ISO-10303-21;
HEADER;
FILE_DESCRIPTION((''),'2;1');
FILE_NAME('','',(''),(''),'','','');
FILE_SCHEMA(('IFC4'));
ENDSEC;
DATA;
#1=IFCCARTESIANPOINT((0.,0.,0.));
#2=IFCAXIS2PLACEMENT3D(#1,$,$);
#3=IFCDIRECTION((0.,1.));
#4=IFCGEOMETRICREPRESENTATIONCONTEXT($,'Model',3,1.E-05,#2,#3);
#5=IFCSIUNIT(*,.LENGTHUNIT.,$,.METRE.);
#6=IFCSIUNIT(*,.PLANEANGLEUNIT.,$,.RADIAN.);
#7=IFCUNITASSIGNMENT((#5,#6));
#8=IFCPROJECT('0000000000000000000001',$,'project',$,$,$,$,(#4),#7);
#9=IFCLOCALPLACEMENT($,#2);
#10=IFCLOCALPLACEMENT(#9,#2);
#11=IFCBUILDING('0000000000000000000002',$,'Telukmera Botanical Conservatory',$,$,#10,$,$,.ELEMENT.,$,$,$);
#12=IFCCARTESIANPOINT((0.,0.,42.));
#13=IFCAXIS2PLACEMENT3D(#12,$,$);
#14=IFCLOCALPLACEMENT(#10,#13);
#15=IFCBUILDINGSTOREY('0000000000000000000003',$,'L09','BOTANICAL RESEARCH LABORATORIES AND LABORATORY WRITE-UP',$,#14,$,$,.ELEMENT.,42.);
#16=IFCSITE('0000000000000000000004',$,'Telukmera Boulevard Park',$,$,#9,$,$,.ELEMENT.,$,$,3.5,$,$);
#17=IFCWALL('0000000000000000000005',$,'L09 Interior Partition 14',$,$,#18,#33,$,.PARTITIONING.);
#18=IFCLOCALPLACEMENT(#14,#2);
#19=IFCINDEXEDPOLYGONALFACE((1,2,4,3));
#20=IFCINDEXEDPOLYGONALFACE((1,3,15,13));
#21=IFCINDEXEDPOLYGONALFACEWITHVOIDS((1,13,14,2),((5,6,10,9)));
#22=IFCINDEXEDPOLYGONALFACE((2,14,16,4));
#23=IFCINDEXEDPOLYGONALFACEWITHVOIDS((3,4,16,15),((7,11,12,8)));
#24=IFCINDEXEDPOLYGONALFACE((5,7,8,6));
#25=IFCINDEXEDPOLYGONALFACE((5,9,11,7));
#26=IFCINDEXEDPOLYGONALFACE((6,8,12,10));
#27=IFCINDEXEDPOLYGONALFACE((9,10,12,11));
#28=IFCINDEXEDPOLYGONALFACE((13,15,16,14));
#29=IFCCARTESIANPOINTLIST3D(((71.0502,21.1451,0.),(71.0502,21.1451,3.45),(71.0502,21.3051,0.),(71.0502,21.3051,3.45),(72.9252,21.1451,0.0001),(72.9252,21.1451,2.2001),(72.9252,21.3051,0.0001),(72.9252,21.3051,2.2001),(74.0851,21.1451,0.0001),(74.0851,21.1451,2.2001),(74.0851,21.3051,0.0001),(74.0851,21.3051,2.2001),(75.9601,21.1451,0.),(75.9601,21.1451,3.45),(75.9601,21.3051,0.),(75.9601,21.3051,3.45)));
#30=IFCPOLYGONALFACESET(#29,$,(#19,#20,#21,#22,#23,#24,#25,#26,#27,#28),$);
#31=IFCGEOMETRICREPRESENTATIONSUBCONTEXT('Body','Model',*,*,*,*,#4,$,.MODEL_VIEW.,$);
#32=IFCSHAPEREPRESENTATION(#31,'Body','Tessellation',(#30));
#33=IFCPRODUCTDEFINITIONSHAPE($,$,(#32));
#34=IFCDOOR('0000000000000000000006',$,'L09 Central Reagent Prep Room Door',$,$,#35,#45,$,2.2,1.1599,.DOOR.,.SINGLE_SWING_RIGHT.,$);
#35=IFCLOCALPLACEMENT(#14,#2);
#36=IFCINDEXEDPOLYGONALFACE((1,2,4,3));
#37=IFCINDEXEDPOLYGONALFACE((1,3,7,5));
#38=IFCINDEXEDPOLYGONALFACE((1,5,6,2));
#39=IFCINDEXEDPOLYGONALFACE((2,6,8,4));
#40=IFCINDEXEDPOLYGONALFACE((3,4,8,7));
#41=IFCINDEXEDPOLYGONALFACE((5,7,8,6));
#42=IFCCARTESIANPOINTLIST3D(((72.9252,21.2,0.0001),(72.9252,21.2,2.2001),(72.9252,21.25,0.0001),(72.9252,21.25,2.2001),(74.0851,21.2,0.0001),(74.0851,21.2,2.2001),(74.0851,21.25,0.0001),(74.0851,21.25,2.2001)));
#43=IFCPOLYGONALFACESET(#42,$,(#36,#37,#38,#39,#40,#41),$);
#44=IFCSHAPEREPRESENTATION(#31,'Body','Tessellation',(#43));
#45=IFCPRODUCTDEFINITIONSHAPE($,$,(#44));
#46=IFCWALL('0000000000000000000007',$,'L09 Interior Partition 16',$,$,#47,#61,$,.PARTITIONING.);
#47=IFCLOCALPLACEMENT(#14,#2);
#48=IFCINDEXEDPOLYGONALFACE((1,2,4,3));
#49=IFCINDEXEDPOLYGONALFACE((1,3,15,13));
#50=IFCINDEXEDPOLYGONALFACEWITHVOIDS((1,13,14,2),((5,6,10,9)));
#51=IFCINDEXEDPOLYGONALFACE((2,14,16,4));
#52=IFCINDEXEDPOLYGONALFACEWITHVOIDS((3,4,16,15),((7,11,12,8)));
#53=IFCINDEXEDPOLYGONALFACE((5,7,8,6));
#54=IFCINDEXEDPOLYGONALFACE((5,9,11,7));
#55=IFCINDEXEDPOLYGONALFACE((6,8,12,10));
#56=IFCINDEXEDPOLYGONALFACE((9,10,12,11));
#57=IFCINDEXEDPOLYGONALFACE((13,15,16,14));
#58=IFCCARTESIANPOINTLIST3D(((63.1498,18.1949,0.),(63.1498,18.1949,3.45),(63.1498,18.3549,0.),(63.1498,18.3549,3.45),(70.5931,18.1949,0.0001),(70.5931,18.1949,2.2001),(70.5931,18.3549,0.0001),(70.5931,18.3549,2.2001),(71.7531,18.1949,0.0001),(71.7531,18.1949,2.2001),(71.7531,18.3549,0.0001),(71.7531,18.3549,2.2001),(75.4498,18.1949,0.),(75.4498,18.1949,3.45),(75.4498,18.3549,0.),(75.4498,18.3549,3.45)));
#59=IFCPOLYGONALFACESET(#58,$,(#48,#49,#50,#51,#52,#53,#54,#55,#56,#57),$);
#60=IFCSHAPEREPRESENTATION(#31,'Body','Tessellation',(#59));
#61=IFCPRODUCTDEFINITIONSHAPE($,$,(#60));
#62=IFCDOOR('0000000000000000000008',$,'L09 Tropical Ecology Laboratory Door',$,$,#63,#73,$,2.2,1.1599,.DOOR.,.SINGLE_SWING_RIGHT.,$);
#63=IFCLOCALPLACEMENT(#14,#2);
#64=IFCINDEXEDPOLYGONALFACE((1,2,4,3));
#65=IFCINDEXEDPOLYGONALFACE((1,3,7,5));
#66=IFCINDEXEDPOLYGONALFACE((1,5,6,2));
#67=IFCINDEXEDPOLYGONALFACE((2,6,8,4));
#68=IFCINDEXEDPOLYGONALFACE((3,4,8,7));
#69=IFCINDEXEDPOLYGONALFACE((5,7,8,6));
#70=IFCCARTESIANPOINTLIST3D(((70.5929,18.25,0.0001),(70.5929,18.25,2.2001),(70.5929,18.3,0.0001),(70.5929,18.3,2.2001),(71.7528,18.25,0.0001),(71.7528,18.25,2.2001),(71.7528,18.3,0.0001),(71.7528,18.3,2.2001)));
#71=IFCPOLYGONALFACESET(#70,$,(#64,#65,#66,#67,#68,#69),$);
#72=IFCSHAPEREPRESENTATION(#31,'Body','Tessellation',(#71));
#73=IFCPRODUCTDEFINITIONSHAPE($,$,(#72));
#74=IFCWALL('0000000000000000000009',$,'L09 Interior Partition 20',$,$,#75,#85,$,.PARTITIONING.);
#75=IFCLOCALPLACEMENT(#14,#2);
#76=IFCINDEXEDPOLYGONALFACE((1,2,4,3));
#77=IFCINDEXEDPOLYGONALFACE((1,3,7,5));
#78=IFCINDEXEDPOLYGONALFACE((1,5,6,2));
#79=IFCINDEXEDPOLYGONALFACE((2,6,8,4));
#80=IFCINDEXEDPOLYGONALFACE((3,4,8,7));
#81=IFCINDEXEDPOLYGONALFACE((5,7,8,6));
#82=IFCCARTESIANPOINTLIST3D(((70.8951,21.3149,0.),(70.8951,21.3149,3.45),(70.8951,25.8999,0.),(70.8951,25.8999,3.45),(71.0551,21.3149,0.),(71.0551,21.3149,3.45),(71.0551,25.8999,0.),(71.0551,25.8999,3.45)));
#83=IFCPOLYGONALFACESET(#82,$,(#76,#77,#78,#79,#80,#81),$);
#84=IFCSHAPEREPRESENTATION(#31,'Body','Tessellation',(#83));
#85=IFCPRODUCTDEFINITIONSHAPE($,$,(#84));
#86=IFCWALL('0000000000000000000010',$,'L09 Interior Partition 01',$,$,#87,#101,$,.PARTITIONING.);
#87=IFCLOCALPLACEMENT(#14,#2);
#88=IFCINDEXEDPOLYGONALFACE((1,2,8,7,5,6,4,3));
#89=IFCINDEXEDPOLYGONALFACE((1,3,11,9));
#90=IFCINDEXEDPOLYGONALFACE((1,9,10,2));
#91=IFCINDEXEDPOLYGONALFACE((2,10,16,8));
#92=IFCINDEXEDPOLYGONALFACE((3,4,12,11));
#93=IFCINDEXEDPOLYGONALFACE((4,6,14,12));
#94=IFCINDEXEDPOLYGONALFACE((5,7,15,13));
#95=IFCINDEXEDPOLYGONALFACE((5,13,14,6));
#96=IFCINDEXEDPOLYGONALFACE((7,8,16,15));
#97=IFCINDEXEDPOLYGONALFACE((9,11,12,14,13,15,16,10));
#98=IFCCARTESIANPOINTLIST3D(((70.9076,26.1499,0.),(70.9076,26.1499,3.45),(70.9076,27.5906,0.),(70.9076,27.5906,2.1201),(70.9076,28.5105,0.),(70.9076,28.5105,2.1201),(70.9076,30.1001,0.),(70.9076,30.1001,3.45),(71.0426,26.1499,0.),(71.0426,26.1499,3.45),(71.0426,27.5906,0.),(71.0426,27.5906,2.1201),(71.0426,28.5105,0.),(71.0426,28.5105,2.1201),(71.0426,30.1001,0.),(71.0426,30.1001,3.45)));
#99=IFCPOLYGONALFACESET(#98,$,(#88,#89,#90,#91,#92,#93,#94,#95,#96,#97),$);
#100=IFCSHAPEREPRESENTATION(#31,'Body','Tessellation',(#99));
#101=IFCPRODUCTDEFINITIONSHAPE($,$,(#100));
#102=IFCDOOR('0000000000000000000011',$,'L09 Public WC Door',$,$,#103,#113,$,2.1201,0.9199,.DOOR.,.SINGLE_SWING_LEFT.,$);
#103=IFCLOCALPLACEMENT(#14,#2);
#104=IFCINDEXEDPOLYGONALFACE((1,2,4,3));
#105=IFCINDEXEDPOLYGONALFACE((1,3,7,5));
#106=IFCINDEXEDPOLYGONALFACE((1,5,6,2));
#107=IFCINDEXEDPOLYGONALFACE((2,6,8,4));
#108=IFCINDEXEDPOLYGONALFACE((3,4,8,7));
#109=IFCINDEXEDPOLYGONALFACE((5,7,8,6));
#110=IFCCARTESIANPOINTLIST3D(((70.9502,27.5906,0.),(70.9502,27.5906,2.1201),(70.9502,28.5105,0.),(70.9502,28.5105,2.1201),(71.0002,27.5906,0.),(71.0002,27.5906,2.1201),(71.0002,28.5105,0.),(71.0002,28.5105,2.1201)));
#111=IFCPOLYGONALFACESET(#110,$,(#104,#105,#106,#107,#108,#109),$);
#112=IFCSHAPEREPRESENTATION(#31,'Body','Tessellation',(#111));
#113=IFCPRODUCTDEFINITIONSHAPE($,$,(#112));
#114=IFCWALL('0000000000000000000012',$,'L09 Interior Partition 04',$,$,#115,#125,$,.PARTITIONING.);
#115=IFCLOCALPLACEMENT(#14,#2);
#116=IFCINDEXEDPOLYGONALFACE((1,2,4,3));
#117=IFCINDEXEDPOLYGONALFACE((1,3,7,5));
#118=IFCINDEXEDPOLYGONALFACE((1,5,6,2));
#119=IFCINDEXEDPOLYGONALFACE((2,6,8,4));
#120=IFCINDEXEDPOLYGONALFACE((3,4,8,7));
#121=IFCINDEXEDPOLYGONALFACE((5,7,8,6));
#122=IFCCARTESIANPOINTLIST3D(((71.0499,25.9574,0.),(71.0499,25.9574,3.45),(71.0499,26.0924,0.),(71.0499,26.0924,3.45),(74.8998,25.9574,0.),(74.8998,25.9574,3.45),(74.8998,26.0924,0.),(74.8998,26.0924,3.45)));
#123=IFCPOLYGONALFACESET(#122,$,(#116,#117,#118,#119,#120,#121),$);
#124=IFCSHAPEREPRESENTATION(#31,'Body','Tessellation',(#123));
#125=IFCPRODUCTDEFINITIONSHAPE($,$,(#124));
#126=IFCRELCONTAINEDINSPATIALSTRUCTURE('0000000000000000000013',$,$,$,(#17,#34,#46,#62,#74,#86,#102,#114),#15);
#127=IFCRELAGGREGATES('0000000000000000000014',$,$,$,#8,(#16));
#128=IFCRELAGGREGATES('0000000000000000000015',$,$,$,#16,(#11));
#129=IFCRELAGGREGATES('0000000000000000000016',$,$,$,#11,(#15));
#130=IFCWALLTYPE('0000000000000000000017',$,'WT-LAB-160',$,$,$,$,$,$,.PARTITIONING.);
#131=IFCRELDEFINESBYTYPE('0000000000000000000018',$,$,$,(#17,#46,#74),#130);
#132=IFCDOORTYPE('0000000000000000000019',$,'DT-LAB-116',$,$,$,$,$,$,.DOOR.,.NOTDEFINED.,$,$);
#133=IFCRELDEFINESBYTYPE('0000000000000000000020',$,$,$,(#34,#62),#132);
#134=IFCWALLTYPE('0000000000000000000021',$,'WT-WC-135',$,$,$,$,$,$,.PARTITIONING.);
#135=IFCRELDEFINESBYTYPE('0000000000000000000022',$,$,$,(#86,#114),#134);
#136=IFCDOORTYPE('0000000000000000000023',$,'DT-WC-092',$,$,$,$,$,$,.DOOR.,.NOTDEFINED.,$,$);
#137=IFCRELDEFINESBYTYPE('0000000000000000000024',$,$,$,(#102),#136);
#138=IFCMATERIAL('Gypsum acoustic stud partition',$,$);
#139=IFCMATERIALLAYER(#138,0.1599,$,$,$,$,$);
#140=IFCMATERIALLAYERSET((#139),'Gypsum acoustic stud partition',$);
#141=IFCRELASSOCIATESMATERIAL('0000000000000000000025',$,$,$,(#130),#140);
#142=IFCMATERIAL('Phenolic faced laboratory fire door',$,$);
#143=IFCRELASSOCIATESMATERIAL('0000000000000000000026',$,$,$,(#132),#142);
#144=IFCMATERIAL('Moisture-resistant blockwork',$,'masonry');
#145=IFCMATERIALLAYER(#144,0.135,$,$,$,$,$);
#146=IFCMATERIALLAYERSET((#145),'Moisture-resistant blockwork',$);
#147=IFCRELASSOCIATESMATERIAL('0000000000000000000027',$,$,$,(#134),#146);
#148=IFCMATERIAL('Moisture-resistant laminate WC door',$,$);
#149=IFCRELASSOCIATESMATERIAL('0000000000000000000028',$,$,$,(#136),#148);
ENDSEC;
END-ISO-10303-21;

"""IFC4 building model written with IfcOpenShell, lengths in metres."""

from ifc_helpers import new_model, si_unit, direction, frame, frame_2d, origin, place, context, subcontext, project, spatial, rectangle, extrude, material, layer, layer_set, type_object, element, fill, save


model = new_model("IFC4")

# Units and contexts
model_context = context("Model", 3, precision=1e-05, world=origin(), true_north=direction((0.0, 1.0)))
body_context = subcontext(model_context, "Body", "Model", "MODEL_VIEW")
ifc_project = project(units=[si_unit("LENGTHUNIT", "METRE"), si_unit("PLANEANGLEUNIT", "RADIAN")], contexts=[model_context])

# Site, building, storey
site_placement = place(None, origin())
site = spatial("IfcSite", under=ifc_project, at=site_placement, Name="Telukmera Boulevard Park", CompositionType="ELEMENT", RefElevation=3.5)
building_placement = place(site_placement, origin())
building = spatial("IfcBuilding", under=site, at=building_placement, Name="Telukmera Botanical Conservatory", CompositionType="ELEMENT")
storey_placement = place(building_placement, frame((0.0, 0.0, 42.0)))
storey = spatial("IfcBuildingStorey", under=building, at=storey_placement, Name="L09", Description="BOTANICAL RESEARCH LABORATORIES AND LABORATORY WRITE-UP", CompositionType="ELEMENT", Elevation=42.0)

# Walls, openings, doors
ifc_material_1 = material(Name="Gypsum acoustic stud partition")
ifc_layer_1 = layer(ifc_material_1, 0.1599)
ifc_layer_set_1 = layer_set([ifc_layer_1], Name="Gypsum acoustic stud partition")
wall_type_1 = type_object("IfcWallType", Name="WT-LAB-160", PredefinedType="PARTITIONING", material=ifc_layer_set_1)
wall_1_placement = place(storey_placement, frame((71.05, 21.2251, 0.0), z_axis=(0.0, 0.0, 1.0), x_axis=(1.0, 0.0, 0.0)))
wall_1 = element("IfcWall", 1, at=wall_1_placement, inside=storey, type_object=wall_type_1, Name="L09 Interior Partition 14", PredefinedType="PARTITIONING", context=body_context, shape_type="SweptSolid", body=[
    extrude(rectangle(XDim=4.9099, YDim=0.1599, at=frame_2d((2.4551, 0.0))), origin(), (0.0, 0.0, 1.0), 3.45),
])
opening_1_placement = place(wall_1_placement, frame((1.875, 0.0, 0.0)))
opening_1 = element("IfcOpeningElement", 2, at=opening_1_placement, cuts=wall_1, PredefinedType="OPENING", context=body_context, shape_type="SweptSolid", body=[
    extrude(rectangle(XDim=1.1599, YDim=2.2, at=frame_2d((0.5801, 1.1001))), frame((0.0, 0.0898, 0.0), z_axis=(0.0, -1.0, 0.0), x_axis=(1.0, 0.0, 0.0)), (0.0, 0.0, 1.0), 0.1799),
])
ifc_material_2 = material(Name="Phenolic faced laboratory fire door")
door_type_1 = type_object("IfcDoorType", Name="DT-LAB-116", OperationType="NOTDEFINED", PredefinedType="DOOR", material=ifc_material_2)
door_1_placement = place(opening_1_placement, origin())
door_1 = element("IfcDoor", 3, at=door_1_placement, inside=storey, type_object=door_type_1, Name="L09 Central Reagent Prep Room Door", OperationType="SINGLE_SWING_RIGHT", OverallHeight=2.2, OverallWidth=1.1599, PredefinedType="DOOR", context=body_context, shape_type="SweptSolid", body=[
    extrude(rectangle(XDim=1.1599, YDim=2.2, at=frame_2d((0.5801, 1.1001))), frame((0.0, 0.0249, 0.0), z_axis=(0.0, -1.0, 0.0), x_axis=(1.0, 0.0, 0.0)), (0.0, 0.0, 1.0), 0.05),
])
fill(opening_1, door_1)
wall_2_placement = place(storey_placement, frame((63.1499, 18.2749, 0.0), z_axis=(0.0, 0.0, 1.0), x_axis=(1.0, 0.0, 0.0)))
wall_2 = element("IfcWall", 4, at=wall_2_placement, inside=storey, type_object=wall_type_1, Name="L09 Interior Partition 16", PredefinedType="PARTITIONING", context=body_context, shape_type="SweptSolid", body=[
    extrude(rectangle(XDim=12.3, YDim=0.1599, at=frame_2d((6.1499, 0.0))), origin(), (0.0, 0.0, 1.0), 3.45),
])
opening_2_placement = place(wall_2_placement, frame((7.4431, 0.0, 0.0)))
opening_2 = element("IfcOpeningElement", 5, at=opening_2_placement, cuts=wall_2, PredefinedType="OPENING", context=body_context, shape_type="SweptSolid", body=[
    extrude(rectangle(XDim=1.1599, YDim=2.2, at=frame_2d((0.5801, 1.1001))), frame((0.0, 0.0898, 0.0), z_axis=(0.0, -1.0, 0.0), x_axis=(1.0, 0.0, 0.0)), (0.0, 0.0, 1.0), 0.1799),
])
door_2_placement = place(opening_2_placement, frame((1.1599, 0.0, 0.0), z_axis=(0.0, 0.0, 1.0), x_axis=(-1.0, 0.0, 0.0)))
door_2 = element("IfcDoor", 6, at=door_2_placement, inside=storey, type_object=door_type_1, Name="L09 Tropical Ecology Laboratory Door", OperationType="SINGLE_SWING_RIGHT", OverallHeight=2.2, OverallWidth=1.1599, PredefinedType="DOOR", context=body_context, shape_type="SweptSolid", body=[
    extrude(rectangle(XDim=1.1599, YDim=2.2, at=frame_2d((0.5801, 1.1001))), frame((0.0, 0.0249, 0.0), z_axis=(0.0, -1.0, 0.0), x_axis=(1.0, 0.0, 0.0)), (0.0, 0.0, 1.0), 0.05),
])
fill(opening_2, door_2)

# Wall
wall_3_placement = place(storey_placement, frame((70.9751, 21.3149, 0.0), z_axis=(0.0, 0.0, 1.0), x_axis=(0.0, 1.0, 0.0)))
element("IfcWall", 7, at=wall_3_placement, inside=storey, type_object=wall_type_1, Name="L09 Interior Partition 20", PredefinedType="PARTITIONING", context=body_context, shape_type="SweptSolid", body=[
    extrude(rectangle(XDim=4.585, YDim=0.1599, at=frame_2d((2.2925, 0.0))), origin(), (0.0, 0.0, 1.0), 3.45),
])

# Wall, opening, door
ifc_material_3 = material(Name="Moisture-resistant blockwork", Category="masonry")
ifc_layer_2 = layer(ifc_material_3, 0.135)
ifc_layer_set_2 = layer_set([ifc_layer_2], Name="Moisture-resistant blockwork")
wall_type_2 = type_object("IfcWallType", Name="WT-WC-135", PredefinedType="PARTITIONING", material=ifc_layer_set_2)
wall_4_placement = place(storey_placement, frame((70.9751, 26.1499, 0.0), z_axis=(0.0, 0.0, 1.0), x_axis=(0.0, 1.0, 0.0)))
wall_4 = element("IfcWall", 8, at=wall_4_placement, inside=storey, type_object=wall_type_2, Name="L09 Interior Partition 01", PredefinedType="PARTITIONING", context=body_context, shape_type="SweptSolid", body=[
    extrude(rectangle(XDim=3.9502, YDim=0.135, at=frame_2d((1.9751, 0.0))), origin(), (0.0, 0.0, 1.0), 3.45),
])
opening_3_placement = place(wall_4_placement, frame((1.4407, 0.0, 0.0)))
opening_3 = element("IfcOpeningElement", 9, at=opening_3_placement, cuts=wall_4, PredefinedType="OPENING", context=body_context, shape_type="SweptSolid", body=[
    extrude(rectangle(XDim=0.9199, YDim=2.1201, at=frame_2d((0.46, 1.0601))), frame((0.0, 0.0774, 0.0), z_axis=(0.0, -1.0, 0.0), x_axis=(1.0, 0.0, 0.0)), (0.0, 0.0, 1.0), 0.155),
])
ifc_material_4 = material(Name="Moisture-resistant laminate WC door")
door_type_2 = type_object("IfcDoorType", Name="DT-WC-092", OperationType="NOTDEFINED", PredefinedType="DOOR", material=ifc_material_4)
door_3_placement = place(opening_3_placement, origin())
door_3 = element("IfcDoor", 10, at=door_3_placement, inside=storey, type_object=door_type_2, Name="L09 Public WC Door", OperationType="SINGLE_SWING_LEFT", OverallHeight=2.1201, OverallWidth=0.9199, PredefinedType="DOOR", context=body_context, shape_type="SweptSolid", body=[
    extrude(rectangle(XDim=0.9199, YDim=2.1201, at=frame_2d((0.46, 1.0601))), frame((0.0, 0.0249, 0.0), z_axis=(0.0, -1.0, 0.0), x_axis=(1.0, 0.0, 0.0)), (0.0, 0.0, 1.0), 0.05),
])
fill(opening_3, door_3)

# Wall
wall_5_placement = place(storey_placement, frame((71.05, 26.0249, 0.0), z_axis=(0.0, 0.0, 1.0), x_axis=(1.0, 0.0, 0.0)))
element("IfcWall", 11, at=wall_5_placement, inside=storey, type_object=wall_type_2, Name="L09 Interior Partition 04", PredefinedType="PARTITIONING", context=body_context, shape_type="SweptSolid", body=[
    extrude(rectangle(XDim=3.8499, YDim=0.135, at=frame_2d((1.9248, 0.0))), origin(), (0.0, 0.0, 1.0), 3.45),
])

save(model, "model.ifc")
